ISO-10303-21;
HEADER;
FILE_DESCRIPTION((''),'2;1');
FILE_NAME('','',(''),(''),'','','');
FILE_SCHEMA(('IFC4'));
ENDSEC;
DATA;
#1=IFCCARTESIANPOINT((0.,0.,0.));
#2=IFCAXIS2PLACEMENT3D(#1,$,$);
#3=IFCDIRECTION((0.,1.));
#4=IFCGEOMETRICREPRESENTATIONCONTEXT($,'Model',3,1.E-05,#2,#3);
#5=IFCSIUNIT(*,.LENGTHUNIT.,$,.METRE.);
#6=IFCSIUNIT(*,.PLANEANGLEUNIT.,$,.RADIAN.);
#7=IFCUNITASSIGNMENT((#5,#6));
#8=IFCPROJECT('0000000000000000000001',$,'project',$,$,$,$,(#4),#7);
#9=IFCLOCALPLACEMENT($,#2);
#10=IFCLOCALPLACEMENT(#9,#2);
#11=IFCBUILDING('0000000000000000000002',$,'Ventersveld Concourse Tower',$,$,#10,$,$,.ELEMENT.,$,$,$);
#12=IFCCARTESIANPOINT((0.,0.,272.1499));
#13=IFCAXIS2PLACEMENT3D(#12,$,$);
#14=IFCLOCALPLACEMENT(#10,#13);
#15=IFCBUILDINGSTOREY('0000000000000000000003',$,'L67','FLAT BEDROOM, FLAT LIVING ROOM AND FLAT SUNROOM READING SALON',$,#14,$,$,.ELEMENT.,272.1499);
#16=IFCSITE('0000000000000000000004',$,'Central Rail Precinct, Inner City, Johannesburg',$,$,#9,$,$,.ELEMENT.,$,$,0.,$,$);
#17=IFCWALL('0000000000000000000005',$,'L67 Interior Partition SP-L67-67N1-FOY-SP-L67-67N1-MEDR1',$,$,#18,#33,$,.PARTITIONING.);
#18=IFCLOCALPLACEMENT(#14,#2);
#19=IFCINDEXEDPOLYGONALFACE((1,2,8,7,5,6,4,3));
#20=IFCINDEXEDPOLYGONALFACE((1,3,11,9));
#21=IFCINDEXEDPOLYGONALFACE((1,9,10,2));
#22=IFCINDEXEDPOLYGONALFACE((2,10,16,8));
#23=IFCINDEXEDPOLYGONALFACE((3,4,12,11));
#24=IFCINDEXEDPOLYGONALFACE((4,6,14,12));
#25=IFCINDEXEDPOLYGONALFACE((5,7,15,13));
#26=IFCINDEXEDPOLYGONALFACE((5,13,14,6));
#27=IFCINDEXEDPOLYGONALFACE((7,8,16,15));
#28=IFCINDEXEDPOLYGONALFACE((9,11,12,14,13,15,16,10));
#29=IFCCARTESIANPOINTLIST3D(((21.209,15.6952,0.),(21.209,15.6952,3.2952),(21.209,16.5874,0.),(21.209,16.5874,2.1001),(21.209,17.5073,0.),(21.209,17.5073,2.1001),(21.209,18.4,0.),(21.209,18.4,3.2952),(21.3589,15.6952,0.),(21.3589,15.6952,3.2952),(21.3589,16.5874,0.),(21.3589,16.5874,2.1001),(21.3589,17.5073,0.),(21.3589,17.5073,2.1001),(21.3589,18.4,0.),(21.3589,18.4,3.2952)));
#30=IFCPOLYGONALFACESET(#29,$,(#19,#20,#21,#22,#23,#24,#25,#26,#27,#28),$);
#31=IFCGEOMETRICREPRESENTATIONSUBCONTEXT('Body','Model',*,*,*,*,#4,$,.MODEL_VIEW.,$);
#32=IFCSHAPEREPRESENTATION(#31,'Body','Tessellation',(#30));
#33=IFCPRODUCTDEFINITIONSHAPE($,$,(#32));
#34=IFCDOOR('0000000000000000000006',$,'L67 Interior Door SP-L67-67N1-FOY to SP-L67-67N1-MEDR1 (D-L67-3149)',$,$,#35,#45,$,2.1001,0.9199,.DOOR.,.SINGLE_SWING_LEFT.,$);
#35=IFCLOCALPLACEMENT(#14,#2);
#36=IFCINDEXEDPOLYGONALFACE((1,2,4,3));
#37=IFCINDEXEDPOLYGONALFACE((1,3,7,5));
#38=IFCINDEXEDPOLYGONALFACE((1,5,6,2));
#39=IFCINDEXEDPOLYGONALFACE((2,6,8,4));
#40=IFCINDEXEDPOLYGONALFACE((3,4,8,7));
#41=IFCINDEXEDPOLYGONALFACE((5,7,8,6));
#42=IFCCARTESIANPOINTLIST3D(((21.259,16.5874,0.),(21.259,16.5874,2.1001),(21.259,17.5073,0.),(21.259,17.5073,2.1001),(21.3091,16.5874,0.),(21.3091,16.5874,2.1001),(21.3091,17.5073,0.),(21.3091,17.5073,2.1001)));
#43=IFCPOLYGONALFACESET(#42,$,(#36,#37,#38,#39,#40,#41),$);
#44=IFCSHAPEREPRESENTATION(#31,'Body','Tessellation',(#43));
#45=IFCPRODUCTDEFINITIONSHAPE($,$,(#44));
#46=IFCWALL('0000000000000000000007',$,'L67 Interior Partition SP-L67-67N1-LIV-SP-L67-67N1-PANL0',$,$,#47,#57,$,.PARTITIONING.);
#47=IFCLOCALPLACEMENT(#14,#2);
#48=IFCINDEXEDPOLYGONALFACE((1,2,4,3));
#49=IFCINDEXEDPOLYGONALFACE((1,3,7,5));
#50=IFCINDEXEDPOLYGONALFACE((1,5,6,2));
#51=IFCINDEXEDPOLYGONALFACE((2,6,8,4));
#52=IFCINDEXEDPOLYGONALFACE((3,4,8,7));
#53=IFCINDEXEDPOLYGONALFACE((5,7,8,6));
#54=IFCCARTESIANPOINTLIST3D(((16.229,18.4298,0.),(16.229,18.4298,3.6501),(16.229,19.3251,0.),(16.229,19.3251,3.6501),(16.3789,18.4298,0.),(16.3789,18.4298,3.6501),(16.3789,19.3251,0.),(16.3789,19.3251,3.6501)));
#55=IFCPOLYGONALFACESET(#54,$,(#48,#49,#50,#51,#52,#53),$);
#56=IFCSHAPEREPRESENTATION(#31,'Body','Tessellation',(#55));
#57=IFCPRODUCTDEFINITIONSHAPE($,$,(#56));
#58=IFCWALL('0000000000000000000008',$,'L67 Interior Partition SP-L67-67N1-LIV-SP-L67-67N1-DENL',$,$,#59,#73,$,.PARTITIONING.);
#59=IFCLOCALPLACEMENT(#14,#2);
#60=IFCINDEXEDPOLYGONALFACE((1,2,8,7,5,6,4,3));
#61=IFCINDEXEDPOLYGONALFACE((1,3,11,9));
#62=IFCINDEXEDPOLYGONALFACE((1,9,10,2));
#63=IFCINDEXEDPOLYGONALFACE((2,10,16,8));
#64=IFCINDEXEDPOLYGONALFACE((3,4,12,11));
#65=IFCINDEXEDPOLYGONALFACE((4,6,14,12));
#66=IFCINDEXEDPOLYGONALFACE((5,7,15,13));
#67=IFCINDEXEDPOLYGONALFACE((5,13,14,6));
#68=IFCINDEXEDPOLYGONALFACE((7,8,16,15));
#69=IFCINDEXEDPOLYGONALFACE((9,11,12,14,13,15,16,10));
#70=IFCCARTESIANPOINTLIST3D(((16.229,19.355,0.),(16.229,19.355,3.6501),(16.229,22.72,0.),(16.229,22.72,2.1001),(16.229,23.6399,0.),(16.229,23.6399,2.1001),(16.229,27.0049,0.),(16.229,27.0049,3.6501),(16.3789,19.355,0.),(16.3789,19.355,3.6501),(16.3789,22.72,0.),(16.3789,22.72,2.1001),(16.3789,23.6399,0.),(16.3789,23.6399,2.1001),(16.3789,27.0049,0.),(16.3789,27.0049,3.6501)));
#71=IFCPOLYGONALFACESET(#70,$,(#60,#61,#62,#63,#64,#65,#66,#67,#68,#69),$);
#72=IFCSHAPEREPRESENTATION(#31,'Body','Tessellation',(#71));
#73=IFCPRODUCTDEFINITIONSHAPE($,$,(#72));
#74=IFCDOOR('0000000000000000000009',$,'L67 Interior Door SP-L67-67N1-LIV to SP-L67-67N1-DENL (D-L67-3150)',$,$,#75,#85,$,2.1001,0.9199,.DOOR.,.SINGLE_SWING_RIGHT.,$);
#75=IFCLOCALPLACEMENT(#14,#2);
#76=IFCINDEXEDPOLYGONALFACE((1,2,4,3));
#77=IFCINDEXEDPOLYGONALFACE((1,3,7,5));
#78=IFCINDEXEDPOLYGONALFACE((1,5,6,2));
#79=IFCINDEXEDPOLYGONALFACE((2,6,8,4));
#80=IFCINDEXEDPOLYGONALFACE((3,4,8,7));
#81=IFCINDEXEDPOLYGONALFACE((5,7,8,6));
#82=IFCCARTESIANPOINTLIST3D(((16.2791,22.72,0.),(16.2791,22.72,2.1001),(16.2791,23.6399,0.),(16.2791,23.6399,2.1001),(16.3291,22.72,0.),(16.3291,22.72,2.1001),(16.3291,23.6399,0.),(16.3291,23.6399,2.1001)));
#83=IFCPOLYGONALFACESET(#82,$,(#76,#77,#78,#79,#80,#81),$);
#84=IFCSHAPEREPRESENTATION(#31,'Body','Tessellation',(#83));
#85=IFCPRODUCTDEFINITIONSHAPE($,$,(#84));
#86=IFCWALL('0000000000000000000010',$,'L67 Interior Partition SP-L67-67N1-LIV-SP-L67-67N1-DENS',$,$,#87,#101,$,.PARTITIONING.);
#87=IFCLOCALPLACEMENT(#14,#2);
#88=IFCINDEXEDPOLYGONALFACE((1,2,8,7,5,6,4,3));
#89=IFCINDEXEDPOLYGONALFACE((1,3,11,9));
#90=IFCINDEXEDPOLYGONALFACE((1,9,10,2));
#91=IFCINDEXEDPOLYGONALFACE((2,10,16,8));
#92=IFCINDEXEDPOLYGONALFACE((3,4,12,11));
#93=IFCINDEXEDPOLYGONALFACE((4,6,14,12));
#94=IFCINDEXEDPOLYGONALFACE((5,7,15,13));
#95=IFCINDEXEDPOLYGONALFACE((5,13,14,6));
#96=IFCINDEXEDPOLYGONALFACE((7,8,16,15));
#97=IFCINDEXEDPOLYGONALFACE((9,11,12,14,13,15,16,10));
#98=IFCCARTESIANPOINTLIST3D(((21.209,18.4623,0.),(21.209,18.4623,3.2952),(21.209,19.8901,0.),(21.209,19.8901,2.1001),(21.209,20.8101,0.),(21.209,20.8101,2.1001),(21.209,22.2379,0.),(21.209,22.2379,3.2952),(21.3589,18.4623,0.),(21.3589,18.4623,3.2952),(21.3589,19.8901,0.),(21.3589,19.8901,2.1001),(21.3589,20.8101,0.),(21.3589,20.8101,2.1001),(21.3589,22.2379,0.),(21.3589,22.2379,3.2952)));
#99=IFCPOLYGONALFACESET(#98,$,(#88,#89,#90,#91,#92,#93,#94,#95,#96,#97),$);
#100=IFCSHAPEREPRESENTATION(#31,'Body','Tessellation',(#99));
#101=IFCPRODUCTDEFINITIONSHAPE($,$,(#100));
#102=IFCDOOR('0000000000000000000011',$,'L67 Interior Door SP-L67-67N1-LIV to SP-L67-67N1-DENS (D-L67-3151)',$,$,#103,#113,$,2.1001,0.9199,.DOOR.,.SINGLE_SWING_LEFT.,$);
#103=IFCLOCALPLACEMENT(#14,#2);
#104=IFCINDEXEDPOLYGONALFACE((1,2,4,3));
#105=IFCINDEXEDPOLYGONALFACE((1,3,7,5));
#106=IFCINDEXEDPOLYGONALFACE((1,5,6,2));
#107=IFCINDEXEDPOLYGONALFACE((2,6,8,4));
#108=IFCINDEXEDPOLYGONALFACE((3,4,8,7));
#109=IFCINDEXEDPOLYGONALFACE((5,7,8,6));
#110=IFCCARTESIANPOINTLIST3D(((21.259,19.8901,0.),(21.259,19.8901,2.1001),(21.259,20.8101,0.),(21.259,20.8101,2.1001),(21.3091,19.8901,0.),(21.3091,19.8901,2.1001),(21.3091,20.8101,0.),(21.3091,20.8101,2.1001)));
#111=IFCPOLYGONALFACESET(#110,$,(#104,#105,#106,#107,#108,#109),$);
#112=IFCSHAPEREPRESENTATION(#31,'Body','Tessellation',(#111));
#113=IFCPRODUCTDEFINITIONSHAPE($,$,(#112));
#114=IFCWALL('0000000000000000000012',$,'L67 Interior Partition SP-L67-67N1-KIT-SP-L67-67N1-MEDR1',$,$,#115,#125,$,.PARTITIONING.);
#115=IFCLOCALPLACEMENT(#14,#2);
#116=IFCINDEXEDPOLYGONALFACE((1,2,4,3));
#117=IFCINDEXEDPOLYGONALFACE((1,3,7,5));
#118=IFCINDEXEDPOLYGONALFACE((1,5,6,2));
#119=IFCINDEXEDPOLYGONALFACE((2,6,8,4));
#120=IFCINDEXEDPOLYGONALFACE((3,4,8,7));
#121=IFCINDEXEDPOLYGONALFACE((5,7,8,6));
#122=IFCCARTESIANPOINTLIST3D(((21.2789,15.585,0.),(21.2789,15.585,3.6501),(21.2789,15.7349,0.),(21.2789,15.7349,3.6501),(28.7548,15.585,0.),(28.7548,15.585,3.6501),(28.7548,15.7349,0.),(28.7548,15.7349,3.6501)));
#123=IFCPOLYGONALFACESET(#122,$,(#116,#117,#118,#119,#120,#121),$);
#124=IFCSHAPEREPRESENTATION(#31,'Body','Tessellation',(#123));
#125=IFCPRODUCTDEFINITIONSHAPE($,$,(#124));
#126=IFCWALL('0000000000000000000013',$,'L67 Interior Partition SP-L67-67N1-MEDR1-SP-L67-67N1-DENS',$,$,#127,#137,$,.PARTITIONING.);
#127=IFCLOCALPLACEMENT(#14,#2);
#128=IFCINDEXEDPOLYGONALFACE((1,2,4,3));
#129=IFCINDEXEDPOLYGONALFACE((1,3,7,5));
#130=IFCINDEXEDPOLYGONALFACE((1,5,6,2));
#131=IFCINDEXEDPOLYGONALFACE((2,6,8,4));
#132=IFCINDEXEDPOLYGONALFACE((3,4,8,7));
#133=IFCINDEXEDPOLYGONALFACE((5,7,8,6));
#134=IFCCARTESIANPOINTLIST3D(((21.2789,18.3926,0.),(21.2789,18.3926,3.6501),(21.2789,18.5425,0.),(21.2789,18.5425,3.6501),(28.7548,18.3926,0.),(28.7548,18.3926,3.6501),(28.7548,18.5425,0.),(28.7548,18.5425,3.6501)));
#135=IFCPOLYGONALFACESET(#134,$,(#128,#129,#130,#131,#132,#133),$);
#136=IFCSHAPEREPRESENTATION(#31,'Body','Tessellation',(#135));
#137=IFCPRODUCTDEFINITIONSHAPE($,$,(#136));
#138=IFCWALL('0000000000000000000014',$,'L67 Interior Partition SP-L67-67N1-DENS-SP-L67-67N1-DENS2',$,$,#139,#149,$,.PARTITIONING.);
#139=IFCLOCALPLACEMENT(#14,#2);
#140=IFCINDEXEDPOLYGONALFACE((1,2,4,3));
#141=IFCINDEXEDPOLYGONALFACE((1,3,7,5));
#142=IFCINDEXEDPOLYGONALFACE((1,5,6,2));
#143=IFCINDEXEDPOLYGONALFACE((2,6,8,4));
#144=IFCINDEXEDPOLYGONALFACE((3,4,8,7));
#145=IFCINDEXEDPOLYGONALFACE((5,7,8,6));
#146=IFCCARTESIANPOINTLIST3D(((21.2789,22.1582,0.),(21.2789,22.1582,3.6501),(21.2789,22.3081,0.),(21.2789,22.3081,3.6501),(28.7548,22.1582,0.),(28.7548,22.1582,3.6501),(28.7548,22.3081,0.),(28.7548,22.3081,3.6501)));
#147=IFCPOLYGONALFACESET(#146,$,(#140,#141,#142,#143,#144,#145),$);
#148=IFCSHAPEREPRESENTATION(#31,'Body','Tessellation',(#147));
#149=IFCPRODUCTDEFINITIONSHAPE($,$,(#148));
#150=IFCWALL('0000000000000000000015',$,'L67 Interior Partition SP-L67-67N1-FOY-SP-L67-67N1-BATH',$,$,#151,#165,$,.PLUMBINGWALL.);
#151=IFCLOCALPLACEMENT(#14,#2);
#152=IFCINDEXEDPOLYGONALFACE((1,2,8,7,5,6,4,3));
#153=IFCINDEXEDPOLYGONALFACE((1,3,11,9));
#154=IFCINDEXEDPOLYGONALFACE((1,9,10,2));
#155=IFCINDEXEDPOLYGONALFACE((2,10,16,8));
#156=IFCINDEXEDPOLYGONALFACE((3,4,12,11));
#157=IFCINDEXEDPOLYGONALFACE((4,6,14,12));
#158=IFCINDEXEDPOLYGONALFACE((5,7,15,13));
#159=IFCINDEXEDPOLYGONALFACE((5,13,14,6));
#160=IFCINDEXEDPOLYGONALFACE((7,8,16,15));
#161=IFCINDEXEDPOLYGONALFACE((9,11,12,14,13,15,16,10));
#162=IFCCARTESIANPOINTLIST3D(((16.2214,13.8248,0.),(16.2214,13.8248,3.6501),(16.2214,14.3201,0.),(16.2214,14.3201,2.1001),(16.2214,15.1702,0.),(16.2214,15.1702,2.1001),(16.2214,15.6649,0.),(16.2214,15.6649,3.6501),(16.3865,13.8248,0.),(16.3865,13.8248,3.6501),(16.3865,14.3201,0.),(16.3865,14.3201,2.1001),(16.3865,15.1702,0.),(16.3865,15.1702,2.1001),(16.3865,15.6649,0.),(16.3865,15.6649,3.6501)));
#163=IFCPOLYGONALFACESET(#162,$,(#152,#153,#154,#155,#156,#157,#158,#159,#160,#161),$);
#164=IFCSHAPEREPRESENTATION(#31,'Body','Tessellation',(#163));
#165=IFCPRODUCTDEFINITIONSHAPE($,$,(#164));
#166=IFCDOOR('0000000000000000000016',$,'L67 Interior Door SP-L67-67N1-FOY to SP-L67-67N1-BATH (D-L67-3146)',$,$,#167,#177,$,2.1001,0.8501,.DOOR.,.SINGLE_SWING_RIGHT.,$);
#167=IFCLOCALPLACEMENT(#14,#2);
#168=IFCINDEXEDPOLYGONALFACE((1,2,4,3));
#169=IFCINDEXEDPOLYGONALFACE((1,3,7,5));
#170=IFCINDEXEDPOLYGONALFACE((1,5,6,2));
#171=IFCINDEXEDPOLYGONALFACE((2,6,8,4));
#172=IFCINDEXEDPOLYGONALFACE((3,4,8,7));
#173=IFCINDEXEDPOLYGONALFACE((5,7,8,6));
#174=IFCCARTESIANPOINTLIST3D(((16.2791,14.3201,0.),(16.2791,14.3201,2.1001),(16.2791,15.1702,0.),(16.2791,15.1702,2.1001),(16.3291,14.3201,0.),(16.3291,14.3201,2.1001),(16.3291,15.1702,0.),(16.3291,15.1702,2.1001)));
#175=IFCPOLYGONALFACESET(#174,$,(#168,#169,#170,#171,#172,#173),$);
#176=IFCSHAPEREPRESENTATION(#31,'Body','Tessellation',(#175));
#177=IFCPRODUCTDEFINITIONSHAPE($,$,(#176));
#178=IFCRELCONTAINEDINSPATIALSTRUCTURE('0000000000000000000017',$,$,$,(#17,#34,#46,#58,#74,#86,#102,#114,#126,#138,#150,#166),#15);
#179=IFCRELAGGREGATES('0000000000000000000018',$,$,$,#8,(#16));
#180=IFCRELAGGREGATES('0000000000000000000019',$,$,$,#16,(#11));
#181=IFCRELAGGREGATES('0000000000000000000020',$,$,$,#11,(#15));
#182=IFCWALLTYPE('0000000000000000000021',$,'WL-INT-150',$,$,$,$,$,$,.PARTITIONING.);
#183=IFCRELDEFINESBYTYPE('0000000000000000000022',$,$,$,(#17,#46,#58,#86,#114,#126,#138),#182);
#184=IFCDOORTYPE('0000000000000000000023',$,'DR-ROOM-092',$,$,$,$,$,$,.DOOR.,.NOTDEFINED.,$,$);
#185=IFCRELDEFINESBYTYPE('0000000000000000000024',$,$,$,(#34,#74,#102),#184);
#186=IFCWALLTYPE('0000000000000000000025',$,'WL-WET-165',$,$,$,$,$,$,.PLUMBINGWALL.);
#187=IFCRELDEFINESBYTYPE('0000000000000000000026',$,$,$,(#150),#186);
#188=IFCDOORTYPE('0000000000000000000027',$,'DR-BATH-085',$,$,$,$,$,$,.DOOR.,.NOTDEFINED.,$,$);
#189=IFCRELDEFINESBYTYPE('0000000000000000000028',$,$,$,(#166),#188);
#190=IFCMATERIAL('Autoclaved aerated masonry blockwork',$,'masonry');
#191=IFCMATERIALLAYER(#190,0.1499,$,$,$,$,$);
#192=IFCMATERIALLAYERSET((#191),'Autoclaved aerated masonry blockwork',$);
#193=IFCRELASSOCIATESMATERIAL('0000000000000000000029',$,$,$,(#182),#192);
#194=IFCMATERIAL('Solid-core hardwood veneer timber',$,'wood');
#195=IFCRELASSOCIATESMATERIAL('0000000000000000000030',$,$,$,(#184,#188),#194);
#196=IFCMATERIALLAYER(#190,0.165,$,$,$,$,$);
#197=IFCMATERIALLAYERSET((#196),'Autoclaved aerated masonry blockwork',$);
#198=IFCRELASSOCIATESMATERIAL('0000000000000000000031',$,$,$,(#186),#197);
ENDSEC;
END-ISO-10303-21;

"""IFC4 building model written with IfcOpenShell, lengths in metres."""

from ifc_helpers import new_model, si_unit, direction, frame, frame_2d, origin, place, context, subcontext, project, spatial, rectangle, extrude, material, layer, layer_set, type_object, element, fill, save


model = new_model("IFC4")

# Units and contexts
model_context = context("Model", 3, precision=1e-05, world=origin(), true_north=direction((0.0, 1.0)))
body_context = subcontext(model_context, "Body", "Model", "MODEL_VIEW")
ifc_project = project(units=[si_unit("LENGTHUNIT", "METRE"), si_unit("PLANEANGLEUNIT", "RADIAN")], contexts=[model_context])

# Site, building, storey
site_placement = place(None, origin())
site = spatial("IfcSite", under=ifc_project, at=site_placement, Name="Central Rail Precinct, Inner City, Johannesburg", CompositionType="ELEMENT", RefElevation=0.0)
building_placement = place(site_placement, origin())
building = spatial("IfcBuilding", under=site, at=building_placement, Name="Ventersveld Concourse Tower", CompositionType="ELEMENT")
storey_placement = place(building_placement, frame((0.0, 0.0, 272.1499)))
storey = spatial("IfcBuildingStorey", under=building, at=storey_placement, Name="L67", Description="FLAT BEDROOM, FLAT LIVING ROOM AND FLAT SUNROOM READING SALON", CompositionType="ELEMENT", Elevation=272.1499)

# Shared definitions
ifc_material_1 = material(Name="Autoclaved aerated masonry blockwork", Category="masonry")
ifc_layer_1 = layer(ifc_material_1, 0.1499)
ifc_layer_set_1 = layer_set([ifc_layer_1], Name="Autoclaved aerated masonry blockwork")
wall_type_1 = type_object("IfcWallType", Name="WL-INT-150", PredefinedType="PARTITIONING", material=ifc_layer_set_1)
ifc_material_2 = material(Name="Solid-core hardwood veneer timber", Category="wood")
door_type_1 = type_object("IfcDoorType", Name="DR-ROOM-092", OperationType="NOTDEFINED", PredefinedType="DOOR", material=ifc_material_2)

# Wall, opening, door
wall_1_placement = place(storey_placement, frame((21.2839, 15.6951, 0.0), z_axis=(0.0, 0.0, 1.0), x_axis=(0.0, 1.0, 0.0)))
wall_1 = element("IfcWall", 1, at=wall_1_placement, inside=storey, type_object=wall_type_1, Name="L67 Interior Partition SP-L67-67N1-FOY-SP-L67-67N1-MEDR1", PredefinedType="PARTITIONING", context=body_context, shape_type="SweptSolid", body=[
    extrude(rectangle(XDim=2.7048, YDim=0.1499, at=frame_2d((1.3525, 0.0))), origin(), (0.0, 0.0, 1.0), 3.2952),
])
opening_1_placement = place(wall_1_placement, frame((0.8923, 0.0, 0.0)))
opening_1 = element("IfcOpeningElement", 2, at=opening_1_placement, cuts=wall_1, PredefinedType="OPENING", context=body_context, shape_type="SweptSolid", body=[
    extrude(rectangle(XDim=0.9199, YDim=2.1001, at=frame_2d((0.46, 1.05))), frame((0.0, 0.085, 0.0), z_axis=(0.0, -1.0, 0.0), x_axis=(1.0, 0.0, 0.0)), (0.0, 0.0, 1.0), 0.1699),
])
door_1_placement = place(opening_1_placement, origin())
door_1 = element("IfcDoor", 3, at=door_1_placement, inside=storey, type_object=door_type_1, Name="L67 Interior Door SP-L67-67N1-FOY to SP-L67-67N1-MEDR1 (D-L67-3149)", OperationType="SINGLE_SWING_LEFT", OverallHeight=2.1001, OverallWidth=0.9199, PredefinedType="DOOR", context=body_context, shape_type="SweptSolid", body=[
    extrude(rectangle(XDim=0.9199, YDim=2.1001, at=frame_2d((0.46, 1.05))), frame((0.0, 0.0249, 0.0), z_axis=(0.0, -1.0, 0.0), x_axis=(1.0, 0.0, 0.0)), (0.0, 0.0, 1.0), 0.05),
])
fill(opening_1, door_1)

# Wall
wall_2_placement = place(storey_placement, frame((16.304, 18.4297, 0.0), z_axis=(0.0, 0.0, 1.0), x_axis=(0.0, 1.0, 0.0)))
element("IfcWall", 4, at=wall_2_placement, inside=storey, type_object=wall_type_1, Name="L67 Interior Partition SP-L67-67N1-LIV-SP-L67-67N1-PANL0", PredefinedType="PARTITIONING", context=body_context, shape_type="SweptSolid", body=[
    extrude(rectangle(XDim=0.8953, YDim=0.1499, at=frame_2d((0.4478, 0.0))), origin(), (0.0, 0.0, 1.0), 3.6501),
])

# Walls, openings, doors
wall_3_placement = place(storey_placement, frame((16.304, 19.355, 0.0), z_axis=(0.0, 0.0, 1.0), x_axis=(0.0, 1.0, 0.0)))
wall_3 = element("IfcWall", 5, at=wall_3_placement, inside=storey, type_object=wall_type_1, Name="L67 Interior Partition SP-L67-67N1-LIV-SP-L67-67N1-DENL", PredefinedType="PARTITIONING", context=body_context, shape_type="SweptSolid", body=[
    extrude(rectangle(XDim=7.6499, YDim=0.1499, at=frame_2d((3.825, 0.0))), origin(), (0.0, 0.0, 1.0), 3.6501),
])
opening_2_placement = place(wall_3_placement, frame((3.365, 0.0, 0.0)))
opening_2 = element("IfcOpeningElement", 6, at=opening_2_placement, cuts=wall_3, PredefinedType="OPENING", context=body_context, shape_type="SweptSolid", body=[
    extrude(rectangle(XDim=0.9199, YDim=2.1001, at=frame_2d((0.46, 1.05))), frame((0.0, 0.085, 0.0), z_axis=(0.0, -1.0, 0.0), x_axis=(1.0, 0.0, 0.0)), (0.0, 0.0, 1.0), 0.1699),
])
door_2_placement = place(opening_2_placement, origin())
door_2 = element("IfcDoor", 7, at=door_2_placement, inside=storey, type_object=door_type_1, Name="L67 Interior Door SP-L67-67N1-LIV to SP-L67-67N1-DENL (D-L67-3150)", OperationType="SINGLE_SWING_RIGHT", OverallHeight=2.1001, OverallWidth=0.9199, PredefinedType="DOOR", context=body_context, shape_type="SweptSolid", body=[
    extrude(rectangle(XDim=0.9199, YDim=2.1001, at=frame_2d((0.46, 1.05))), frame((0.0, 0.0249, 0.0), z_axis=(0.0, -1.0, 0.0), x_axis=(1.0, 0.0, 0.0)), (0.0, 0.0, 1.0), 0.05),
])
fill(opening_2, door_2)
wall_4_placement = place(storey_placement, frame((21.2839, 18.4624, 0.0), z_axis=(0.0, 0.0, 1.0), x_axis=(0.0, 1.0, 0.0)))
wall_4 = element("IfcWall", 8, at=wall_4_placement, inside=storey, type_object=wall_type_1, Name="L67 Interior Partition SP-L67-67N1-LIV-SP-L67-67N1-DENS", PredefinedType="PARTITIONING", context=body_context, shape_type="SweptSolid", body=[
    extrude(rectangle(XDim=3.7756, YDim=0.1499, at=frame_2d((1.8877, 0.0))), origin(), (0.0, 0.0, 1.0), 3.2952),
])
opening_3_placement = place(wall_4_placement, frame((1.4277, 0.0, 0.0)))
opening_3 = element("IfcOpeningElement", 9, at=opening_3_placement, cuts=wall_4, PredefinedType="OPENING", context=body_context, shape_type="SweptSolid", body=[
    extrude(rectangle(XDim=0.9199, YDim=2.1001, at=frame_2d((0.46, 1.05))), frame((0.0, 0.085, 0.0), z_axis=(0.0, -1.0, 0.0), x_axis=(1.0, 0.0, 0.0)), (0.0, 0.0, 1.0), 0.1699),
])
door_3_placement = place(opening_3_placement, origin())
door_3 = element("IfcDoor", 10, at=door_3_placement, inside=storey, type_object=door_type_1, Name="L67 Interior Door SP-L67-67N1-LIV to SP-L67-67N1-DENS (D-L67-3151)", OperationType="SINGLE_SWING_LEFT", OverallHeight=2.1001, OverallWidth=0.9199, PredefinedType="DOOR", context=body_context, shape_type="SweptSolid", body=[
    extrude(rectangle(XDim=0.9199, YDim=2.1001, at=frame_2d((0.46, 1.05))), frame((0.0, 0.0249, 0.0), z_axis=(0.0, -1.0, 0.0), x_axis=(1.0, 0.0, 0.0)), (0.0, 0.0, 1.0), 0.05),
])
fill(opening_3, door_3)

# Walls
for number, where, z_axis, x_axis, name in (
    (11, (21.2791, 15.6599, 0.0), (0.0, 0.0, 1.0), (1.0, 0.0, 0.0), "L67 Interior Partition SP-L67-67N1-KIT-SP-L67-67N1-MEDR1"),
    (12, (21.2791, 18.4675, 0.0), (0.0, 0.0, 1.0), (1.0, 0.0, 0.0), "L67 Interior Partition SP-L67-67N1-MEDR1-SP-L67-67N1-DENS"),
    (13, (21.2791, 22.2332, 0.0), (0.0, 0.0, 1.0), (1.0, 0.0, 0.0), "L67 Interior Partition SP-L67-67N1-DENS-SP-L67-67N1-DENS2"),
):
    element("IfcWall", number, at=place(storey_placement, frame(where, z_axis=z_axis, x_axis=x_axis)), inside=storey, type_object=wall_type_1, Name=name, PredefinedType="PARTITIONING", context=body_context, shape_type="SweptSolid", body=[
        extrude(rectangle(XDim=7.4758, YDim=0.1499, at=frame_2d((3.7378, 0.0))), origin(), (0.0, 0.0, 1.0), 3.6501),
    ])

# Wall, opening, door
ifc_layer_2 = layer(ifc_material_1, 0.165)
ifc_layer_set_2 = layer_set([ifc_layer_2], Name="Autoclaved aerated masonry blockwork")
wall_type_2 = type_object("IfcWallType", Name="WL-WET-165", PredefinedType="PLUMBINGWALL", material=ifc_layer_set_2)
wall_5_placement = place(storey_placement, frame((16.304, 13.825, 0.0), z_axis=(0.0, 0.0, 1.0), x_axis=(0.0, 1.0, 0.0)))
wall_5 = element("IfcWall", 14, at=wall_5_placement, inside=storey, type_object=wall_type_2, Name="L67 Interior Partition SP-L67-67N1-FOY-SP-L67-67N1-BATH", PredefinedType="PLUMBINGWALL", context=body_context, shape_type="SweptSolid", body=[
    extrude(rectangle(XDim=1.8401, YDim=0.165, at=frame_2d((0.9199, 0.0))), origin(), (0.0, 0.0, 1.0), 3.6501),
])
opening_4_placement = place(wall_5_placement, frame((0.4951, 0.0, 0.0)))
opening_4 = element("IfcOpeningElement", 15, at=opening_4_placement, cuts=wall_5, PredefinedType="OPENING", context=body_context, shape_type="SweptSolid", body=[
    extrude(rectangle(XDim=0.8501, YDim=2.1001, at=frame_2d((0.425, 1.05))), frame((0.0, 0.0925, 0.0), z_axis=(0.0, -1.0, 0.0), x_axis=(1.0, 0.0, 0.0)), (0.0, 0.0, 1.0), 0.1851),
])
door_type_2 = type_object("IfcDoorType", Name="DR-BATH-085", OperationType="NOTDEFINED", PredefinedType="DOOR", material=ifc_material_2)
door_4_placement = place(opening_4_placement, origin())
door_4 = element("IfcDoor", 16, at=door_4_placement, inside=storey, type_object=door_type_2, Name="L67 Interior Door SP-L67-67N1-FOY to SP-L67-67N1-BATH (D-L67-3146)", OperationType="SINGLE_SWING_RIGHT", OverallHeight=2.1001, OverallWidth=0.8501, PredefinedType="DOOR", context=body_context, shape_type="SweptSolid", body=[
    extrude(rectangle(XDim=0.8501, YDim=2.1001, at=frame_2d((0.425, 1.05))), frame((0.0, 0.0249, 0.0), z_axis=(0.0, -1.0, 0.0), x_axis=(1.0, 0.0, 0.0)), (0.0, 0.0, 1.0), 0.05),
])
fill(opening_4, door_4)

save(model, "model.ifc")
